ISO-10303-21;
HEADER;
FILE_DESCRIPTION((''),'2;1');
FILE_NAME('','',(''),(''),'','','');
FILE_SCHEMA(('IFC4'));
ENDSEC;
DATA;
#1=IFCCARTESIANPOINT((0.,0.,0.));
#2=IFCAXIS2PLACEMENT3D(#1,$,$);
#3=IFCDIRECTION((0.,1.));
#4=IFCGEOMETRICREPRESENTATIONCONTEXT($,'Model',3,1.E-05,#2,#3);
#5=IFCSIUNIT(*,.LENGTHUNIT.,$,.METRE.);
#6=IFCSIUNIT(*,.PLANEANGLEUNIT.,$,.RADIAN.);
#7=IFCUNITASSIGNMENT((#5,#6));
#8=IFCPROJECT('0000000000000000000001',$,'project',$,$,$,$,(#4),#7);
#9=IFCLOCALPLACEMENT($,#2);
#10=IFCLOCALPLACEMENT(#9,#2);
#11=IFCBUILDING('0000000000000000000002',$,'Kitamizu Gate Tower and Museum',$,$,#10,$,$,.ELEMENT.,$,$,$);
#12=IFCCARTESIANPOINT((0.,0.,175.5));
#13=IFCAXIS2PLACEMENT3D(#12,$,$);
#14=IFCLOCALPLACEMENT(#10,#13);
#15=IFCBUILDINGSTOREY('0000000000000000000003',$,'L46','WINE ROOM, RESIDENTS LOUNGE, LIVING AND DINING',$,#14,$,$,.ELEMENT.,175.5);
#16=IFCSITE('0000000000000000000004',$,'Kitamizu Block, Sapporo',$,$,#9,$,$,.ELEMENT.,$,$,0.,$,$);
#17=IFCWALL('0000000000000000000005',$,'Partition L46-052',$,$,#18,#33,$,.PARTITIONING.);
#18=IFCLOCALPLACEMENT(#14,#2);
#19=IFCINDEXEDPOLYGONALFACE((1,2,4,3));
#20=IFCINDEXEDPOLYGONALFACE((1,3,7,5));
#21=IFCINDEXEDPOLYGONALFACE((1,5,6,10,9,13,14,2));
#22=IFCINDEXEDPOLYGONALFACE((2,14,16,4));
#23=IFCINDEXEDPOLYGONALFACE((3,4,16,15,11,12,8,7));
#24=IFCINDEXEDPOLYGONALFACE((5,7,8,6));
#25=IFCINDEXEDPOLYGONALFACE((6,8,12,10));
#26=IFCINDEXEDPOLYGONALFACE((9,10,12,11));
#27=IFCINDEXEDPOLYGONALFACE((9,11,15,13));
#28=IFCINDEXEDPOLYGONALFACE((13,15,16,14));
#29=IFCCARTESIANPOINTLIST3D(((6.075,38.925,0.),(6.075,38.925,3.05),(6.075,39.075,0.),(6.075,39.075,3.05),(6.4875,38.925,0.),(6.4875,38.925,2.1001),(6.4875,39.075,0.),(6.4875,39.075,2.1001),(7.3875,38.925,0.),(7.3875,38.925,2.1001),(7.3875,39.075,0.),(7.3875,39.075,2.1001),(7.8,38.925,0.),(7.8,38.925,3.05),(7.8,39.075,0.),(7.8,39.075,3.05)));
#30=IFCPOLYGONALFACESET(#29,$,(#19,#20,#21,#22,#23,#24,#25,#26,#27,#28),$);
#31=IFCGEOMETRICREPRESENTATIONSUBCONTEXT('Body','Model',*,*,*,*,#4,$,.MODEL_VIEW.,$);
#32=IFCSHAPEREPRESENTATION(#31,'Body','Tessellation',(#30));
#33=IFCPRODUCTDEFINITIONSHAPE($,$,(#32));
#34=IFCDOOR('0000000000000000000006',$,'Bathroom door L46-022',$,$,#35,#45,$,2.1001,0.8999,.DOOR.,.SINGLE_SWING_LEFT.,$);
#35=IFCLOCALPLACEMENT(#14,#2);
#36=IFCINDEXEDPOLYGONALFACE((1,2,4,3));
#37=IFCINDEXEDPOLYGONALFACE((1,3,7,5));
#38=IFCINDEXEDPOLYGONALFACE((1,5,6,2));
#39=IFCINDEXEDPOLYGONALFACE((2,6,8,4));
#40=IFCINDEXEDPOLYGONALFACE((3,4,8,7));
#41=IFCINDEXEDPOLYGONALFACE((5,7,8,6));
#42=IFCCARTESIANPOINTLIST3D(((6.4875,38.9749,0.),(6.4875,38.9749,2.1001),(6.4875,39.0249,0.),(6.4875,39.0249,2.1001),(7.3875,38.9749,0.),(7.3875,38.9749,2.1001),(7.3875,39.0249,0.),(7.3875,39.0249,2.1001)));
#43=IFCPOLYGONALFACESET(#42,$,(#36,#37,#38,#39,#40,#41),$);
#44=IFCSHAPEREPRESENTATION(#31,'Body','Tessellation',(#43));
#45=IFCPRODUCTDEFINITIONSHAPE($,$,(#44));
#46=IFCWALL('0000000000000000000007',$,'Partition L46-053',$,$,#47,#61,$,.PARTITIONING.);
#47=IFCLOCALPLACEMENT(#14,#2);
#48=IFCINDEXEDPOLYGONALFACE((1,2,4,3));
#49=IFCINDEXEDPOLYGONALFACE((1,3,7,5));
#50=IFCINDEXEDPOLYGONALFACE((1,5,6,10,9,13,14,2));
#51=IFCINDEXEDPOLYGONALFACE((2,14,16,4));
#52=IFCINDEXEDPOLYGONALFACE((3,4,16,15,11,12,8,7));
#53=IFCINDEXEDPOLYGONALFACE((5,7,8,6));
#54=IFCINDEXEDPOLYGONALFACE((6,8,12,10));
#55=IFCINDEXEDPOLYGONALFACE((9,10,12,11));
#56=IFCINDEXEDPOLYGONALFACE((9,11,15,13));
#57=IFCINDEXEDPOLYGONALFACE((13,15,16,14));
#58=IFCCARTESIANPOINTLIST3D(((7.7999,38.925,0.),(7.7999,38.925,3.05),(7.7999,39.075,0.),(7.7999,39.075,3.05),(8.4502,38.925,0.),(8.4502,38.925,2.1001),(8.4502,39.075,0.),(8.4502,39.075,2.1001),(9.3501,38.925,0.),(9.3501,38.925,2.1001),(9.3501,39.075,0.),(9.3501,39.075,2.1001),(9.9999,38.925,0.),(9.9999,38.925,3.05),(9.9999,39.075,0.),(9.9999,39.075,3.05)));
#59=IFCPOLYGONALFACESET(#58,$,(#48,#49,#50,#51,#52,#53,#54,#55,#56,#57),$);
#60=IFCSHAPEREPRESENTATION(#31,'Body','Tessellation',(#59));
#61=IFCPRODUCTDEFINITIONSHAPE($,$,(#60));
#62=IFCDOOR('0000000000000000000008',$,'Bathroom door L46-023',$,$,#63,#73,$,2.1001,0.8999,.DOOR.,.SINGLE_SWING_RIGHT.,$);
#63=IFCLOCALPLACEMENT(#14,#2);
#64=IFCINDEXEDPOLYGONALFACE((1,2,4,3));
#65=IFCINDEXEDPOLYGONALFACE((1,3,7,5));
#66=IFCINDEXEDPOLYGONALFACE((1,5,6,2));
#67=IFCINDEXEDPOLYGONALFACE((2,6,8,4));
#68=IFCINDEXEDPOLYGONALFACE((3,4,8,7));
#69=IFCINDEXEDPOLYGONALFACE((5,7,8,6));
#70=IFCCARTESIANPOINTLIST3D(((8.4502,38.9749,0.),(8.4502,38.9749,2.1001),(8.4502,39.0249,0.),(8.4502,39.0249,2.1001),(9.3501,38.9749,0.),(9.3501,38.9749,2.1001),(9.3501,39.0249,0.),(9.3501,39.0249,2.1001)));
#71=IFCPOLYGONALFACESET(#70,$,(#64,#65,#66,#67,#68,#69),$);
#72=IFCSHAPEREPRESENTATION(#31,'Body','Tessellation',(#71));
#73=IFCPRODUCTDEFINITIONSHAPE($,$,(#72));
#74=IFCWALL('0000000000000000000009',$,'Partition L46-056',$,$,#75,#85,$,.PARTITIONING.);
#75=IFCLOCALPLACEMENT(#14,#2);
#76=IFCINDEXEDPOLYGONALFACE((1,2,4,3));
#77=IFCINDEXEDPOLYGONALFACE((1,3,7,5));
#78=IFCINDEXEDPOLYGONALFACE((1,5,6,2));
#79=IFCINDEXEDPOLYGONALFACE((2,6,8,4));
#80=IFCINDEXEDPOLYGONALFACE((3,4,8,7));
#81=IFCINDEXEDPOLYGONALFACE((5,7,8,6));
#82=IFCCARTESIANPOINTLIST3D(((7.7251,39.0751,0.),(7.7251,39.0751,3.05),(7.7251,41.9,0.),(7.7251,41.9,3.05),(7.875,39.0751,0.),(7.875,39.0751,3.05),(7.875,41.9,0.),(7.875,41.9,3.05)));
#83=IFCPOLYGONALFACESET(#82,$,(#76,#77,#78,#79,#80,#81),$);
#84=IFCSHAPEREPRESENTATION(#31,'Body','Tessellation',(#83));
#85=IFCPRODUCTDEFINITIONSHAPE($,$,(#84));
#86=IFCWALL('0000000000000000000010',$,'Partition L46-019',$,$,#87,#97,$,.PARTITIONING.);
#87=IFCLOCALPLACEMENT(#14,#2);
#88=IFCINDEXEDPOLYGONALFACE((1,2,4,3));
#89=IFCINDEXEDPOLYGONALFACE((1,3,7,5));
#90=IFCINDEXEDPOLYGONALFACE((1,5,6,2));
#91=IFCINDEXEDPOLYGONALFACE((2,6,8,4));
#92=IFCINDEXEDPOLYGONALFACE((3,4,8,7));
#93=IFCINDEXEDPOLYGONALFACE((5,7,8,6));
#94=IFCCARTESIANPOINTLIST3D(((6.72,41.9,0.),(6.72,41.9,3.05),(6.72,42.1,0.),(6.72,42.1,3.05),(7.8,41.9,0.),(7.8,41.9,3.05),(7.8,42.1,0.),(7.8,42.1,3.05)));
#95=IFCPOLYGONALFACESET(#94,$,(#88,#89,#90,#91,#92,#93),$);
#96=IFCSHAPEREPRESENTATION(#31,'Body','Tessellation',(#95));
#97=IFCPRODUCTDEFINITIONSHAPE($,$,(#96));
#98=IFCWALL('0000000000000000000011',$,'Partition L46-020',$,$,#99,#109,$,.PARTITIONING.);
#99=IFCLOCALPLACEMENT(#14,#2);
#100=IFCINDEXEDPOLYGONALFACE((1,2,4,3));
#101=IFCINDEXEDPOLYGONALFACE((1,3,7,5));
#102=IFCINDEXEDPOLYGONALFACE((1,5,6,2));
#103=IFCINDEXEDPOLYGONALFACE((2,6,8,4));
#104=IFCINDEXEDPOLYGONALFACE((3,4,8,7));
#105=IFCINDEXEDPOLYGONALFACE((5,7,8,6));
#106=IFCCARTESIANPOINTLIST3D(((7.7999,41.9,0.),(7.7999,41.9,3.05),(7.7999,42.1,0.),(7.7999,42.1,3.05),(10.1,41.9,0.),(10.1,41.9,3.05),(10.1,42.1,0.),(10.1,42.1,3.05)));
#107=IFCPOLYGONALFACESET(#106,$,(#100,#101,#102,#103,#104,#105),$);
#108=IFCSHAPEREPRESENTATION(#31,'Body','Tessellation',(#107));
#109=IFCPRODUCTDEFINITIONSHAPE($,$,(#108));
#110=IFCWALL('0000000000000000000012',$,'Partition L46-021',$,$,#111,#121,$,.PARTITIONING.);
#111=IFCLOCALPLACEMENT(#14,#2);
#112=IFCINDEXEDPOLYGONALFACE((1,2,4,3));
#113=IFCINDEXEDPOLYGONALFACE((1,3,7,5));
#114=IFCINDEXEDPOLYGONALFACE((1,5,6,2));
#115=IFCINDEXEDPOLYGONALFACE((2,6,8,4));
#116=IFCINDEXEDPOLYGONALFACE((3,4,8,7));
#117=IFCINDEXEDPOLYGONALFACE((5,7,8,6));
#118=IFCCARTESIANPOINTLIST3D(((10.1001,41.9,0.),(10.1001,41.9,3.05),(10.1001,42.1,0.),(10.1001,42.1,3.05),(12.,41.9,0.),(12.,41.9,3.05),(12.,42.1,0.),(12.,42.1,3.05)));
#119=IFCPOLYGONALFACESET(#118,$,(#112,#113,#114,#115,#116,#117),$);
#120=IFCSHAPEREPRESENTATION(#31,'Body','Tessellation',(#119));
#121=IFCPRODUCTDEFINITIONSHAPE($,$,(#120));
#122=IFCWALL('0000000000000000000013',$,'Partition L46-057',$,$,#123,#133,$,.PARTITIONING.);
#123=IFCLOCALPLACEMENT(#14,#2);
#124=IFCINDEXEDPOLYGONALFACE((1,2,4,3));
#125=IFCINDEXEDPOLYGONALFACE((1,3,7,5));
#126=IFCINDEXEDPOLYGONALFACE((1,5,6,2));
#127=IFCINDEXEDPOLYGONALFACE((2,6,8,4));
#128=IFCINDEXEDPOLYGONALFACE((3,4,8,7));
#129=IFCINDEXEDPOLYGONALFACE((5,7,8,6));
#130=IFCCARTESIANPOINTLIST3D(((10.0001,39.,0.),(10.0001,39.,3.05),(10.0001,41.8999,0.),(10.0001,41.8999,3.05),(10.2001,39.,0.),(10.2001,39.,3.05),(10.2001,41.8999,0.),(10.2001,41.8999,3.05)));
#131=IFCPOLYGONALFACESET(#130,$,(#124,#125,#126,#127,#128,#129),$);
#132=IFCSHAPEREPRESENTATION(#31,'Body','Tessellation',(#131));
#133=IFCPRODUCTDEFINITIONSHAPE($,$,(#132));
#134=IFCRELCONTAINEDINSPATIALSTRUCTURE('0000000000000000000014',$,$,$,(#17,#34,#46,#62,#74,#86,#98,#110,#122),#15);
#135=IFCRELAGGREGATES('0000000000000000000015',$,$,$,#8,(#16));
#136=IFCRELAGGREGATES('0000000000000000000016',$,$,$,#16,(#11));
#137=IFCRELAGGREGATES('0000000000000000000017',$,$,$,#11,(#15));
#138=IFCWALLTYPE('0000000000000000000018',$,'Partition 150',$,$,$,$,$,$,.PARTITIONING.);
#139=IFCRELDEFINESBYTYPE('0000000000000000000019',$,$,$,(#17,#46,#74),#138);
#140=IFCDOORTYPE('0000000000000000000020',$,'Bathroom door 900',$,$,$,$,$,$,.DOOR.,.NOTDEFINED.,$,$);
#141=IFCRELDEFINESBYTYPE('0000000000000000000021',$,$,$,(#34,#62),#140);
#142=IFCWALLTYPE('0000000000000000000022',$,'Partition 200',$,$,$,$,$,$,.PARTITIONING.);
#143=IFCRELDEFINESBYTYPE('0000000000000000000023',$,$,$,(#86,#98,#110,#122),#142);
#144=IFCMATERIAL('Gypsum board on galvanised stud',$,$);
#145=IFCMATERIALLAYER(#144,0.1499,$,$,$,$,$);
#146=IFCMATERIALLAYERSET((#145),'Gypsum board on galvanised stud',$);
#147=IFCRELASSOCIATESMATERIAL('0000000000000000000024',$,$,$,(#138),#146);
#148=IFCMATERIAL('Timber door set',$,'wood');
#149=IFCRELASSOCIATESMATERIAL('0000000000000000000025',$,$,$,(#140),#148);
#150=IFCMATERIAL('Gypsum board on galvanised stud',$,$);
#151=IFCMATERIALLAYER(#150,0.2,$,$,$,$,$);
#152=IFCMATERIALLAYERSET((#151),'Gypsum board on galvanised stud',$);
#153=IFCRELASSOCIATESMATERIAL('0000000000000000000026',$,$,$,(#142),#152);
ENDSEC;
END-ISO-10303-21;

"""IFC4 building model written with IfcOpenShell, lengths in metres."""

from ifc_helpers import new_model, si_unit, direction, frame, frame_2d, origin, place, context, subcontext, project, spatial, rectangle, extrude, material, layer, layer_set, type_object, element, fill, save


model = new_model("IFC4")

# Units and contexts
model_context = context("Model", 3, precision=1e-05, world=origin(), true_north=direction((0.0, 1.0)))
body_context = subcontext(model_context, "Body", "Model", "MODEL_VIEW")
ifc_project = project(units=[si_unit("LENGTHUNIT", "METRE"), si_unit("PLANEANGLEUNIT", "RADIAN")], contexts=[model_context])

# Site, building, storey
site_placement = place(None, origin())
site = spatial("IfcSite", under=ifc_project, at=site_placement, Name="Kitamizu Block, Sapporo", CompositionType="ELEMENT", RefElevation=0.0)
building_placement = place(site_placement, origin())
building = spatial("IfcBuilding", under=site, at=building_placement, Name="Kitamizu Gate Tower and Museum", CompositionType="ELEMENT")
storey_placement = place(building_placement, frame((0.0, 0.0, 175.5)))
storey = spatial("IfcBuildingStorey", under=building, at=storey_placement, Name="L46", Description="WINE ROOM, RESIDENTS LOUNGE, LIVING AND DINING", CompositionType="ELEMENT", Elevation=175.5)

# Walls, openings, doors
ifc_material_1 = material(Name="Gypsum board on galvanised stud")
ifc_layer_1 = layer(ifc_material_1, 0.1499)
ifc_layer_set_1 = layer_set([ifc_layer_1], Name="Gypsum board on galvanised stud")
wall_type_1 = type_object("IfcWallType", Name="Partition 150", PredefinedType="PARTITIONING", material=ifc_layer_set_1)
wall_1_placement = place(storey_placement, frame((7.8, 39.0, 0.0), z_axis=(0.0, 0.0, 1.0), x_axis=(-1.0, 0.0, 0.0)))
wall_1 = element("IfcWall", 1, at=wall_1_placement, inside=storey, type_object=wall_type_1, Name="Partition L46-052", PredefinedType="PARTITIONING", context=body_context, shape_type="SweptSolid", body=[
    extrude(rectangle(XDim=1.7251, YDim=0.1499, at=frame_2d((0.8625, 0.0))), origin(), (0.0, 0.0, 1.0), 3.05),
])
opening_1_placement = place(wall_1_placement, frame((0.4126, 0.0, 0.0)))
opening_1 = element("IfcOpeningElement", 2, at=opening_1_placement, cuts=wall_1, PredefinedType="OPENING", context=body_context, shape_type="SweptSolid", body=[
    extrude(rectangle(XDim=0.8999, YDim=2.1001, at=frame_2d((0.45, 1.05))), frame((0.0, 0.085, 0.0), z_axis=(0.0, -1.0, 0.0), x_axis=(1.0, 0.0, 0.0)), (0.0, 0.0, 1.0), 0.1699),
])
ifc_material_2 = material(Name="Timber door set", Category="wood")
door_type = type_object("IfcDoorType", Name="Bathroom door 900", OperationType="NOTDEFINED", PredefinedType="DOOR", material=ifc_material_2)
door_1_placement = place(opening_1_placement, frame((0.8999, 0.0, 0.0), x_axis=(-1.0, 0.0, 0.0)))
door_1 = element("IfcDoor", 3, at=door_1_placement, inside=storey, type_object=door_type, Name="Bathroom door L46-022", OperationType="SINGLE_SWING_LEFT", OverallHeight=2.1001, OverallWidth=0.8999, PredefinedType="DOOR", context=body_context, shape_type="SweptSolid", body=[
    extrude(rectangle(XDim=0.8999, YDim=2.1001, at=frame_2d((0.45, 1.05))), frame((0.0, 0.0249, 0.0), z_axis=(0.0, -1.0, 0.0), x_axis=(1.0, 0.0, 0.0)), (0.0, 0.0, 1.0), 0.05),
])
fill(opening_1, door_1)
wall_2_placement = place(storey_placement, frame((10.0, 39.0, 0.0), z_axis=(0.0, 0.0, 1.0), x_axis=(-1.0, 0.0, 0.0)))
wall_2 = element("IfcWall", 4, at=wall_2_placement, inside=storey, type_object=wall_type_1, Name="Partition L46-053", PredefinedType="PARTITIONING", context=body_context, shape_type="SweptSolid", body=[
    extrude(rectangle(XDim=2.2, YDim=0.1499, at=frame_2d((1.1001, 0.0))), origin(), (0.0, 0.0, 1.0), 3.05),
])
opening_2_placement = place(wall_2_placement, frame((0.6499, 0.0, 0.0)))
opening_2 = element("IfcOpeningElement", 5, at=opening_2_placement, cuts=wall_2, PredefinedType="OPENING", context=body_context, shape_type="SweptSolid", body=[
    extrude(rectangle(XDim=0.8999, YDim=2.1001, at=frame_2d((0.45, 1.05))), frame((0.0, 0.085, 0.0), z_axis=(0.0, -1.0, 0.0), x_axis=(1.0, 0.0, 0.0)), (0.0, 0.0, 1.0), 0.1699),
])
door_2_placement = place(opening_2_placement, frame((0.8999, 0.0, 0.0), x_axis=(-1.0, 0.0, 0.0)))
door_2 = element("IfcDoor", 6, at=door_2_placement, inside=storey, type_object=door_type, Name="Bathroom door L46-023", OperationType="SINGLE_SWING_RIGHT", OverallHeight=2.1001, OverallWidth=0.8999, PredefinedType="DOOR", context=body_context, shape_type="SweptSolid", body=[
    extrude(rectangle(XDim=0.8999, YDim=2.1001, at=frame_2d((0.45, 1.05))), frame((0.0, 0.0249, 0.0), z_axis=(0.0, -1.0, 0.0), x_axis=(1.0, 0.0, 0.0)), (0.0, 0.0, 1.0), 0.05),
])
fill(opening_2, door_2)

# Walls
wall_3_placement = place(storey_placement, frame((7.8, 39.075, 0.0), z_axis=(0.0, 0.0, 1.0), x_axis=(0.0, 1.0, 0.0)))
element("IfcWall", 7, at=wall_3_placement, inside=storey, type_object=wall_type_1, Name="Partition L46-056", PredefinedType="PARTITIONING", context=body_context, shape_type="SweptSolid", body=[
    extrude(rectangle(XDim=2.825, YDim=0.1499, at=frame_2d((1.4126, 0.0))), origin(), (0.0, 0.0, 1.0), 3.05),
])
ifc_material_3 = material(Name="Gypsum board on galvanised stud")
ifc_layer_2 = layer(ifc_material_3, 0.2)
ifc_layer_set_2 = layer_set([ifc_layer_2], Name="Gypsum board on galvanised stud")
wall_type_2 = type_object("IfcWallType", Name="Partition 200", PredefinedType="PARTITIONING", material=ifc_layer_set_2)
wall_4_placement = place(storey_placement, frame((6.72, 42.0, 0.0), z_axis=(0.0, 0.0, 1.0), x_axis=(1.0, 0.0, 0.0)))
element("IfcWall", 8, at=wall_4_placement, inside=storey, type_object=wall_type_2, Name="Partition L46-019", PredefinedType="PARTITIONING", context=body_context, shape_type="SweptSolid", body=[
    extrude(rectangle(XDim=1.0801, YDim=0.2, at=frame_2d((0.54, 0.0))), origin(), (0.0, 0.0, 1.0), 3.05),
])
wall_5_placement = place(storey_placement, frame((7.8, 42.0, 0.0), z_axis=(0.0, 0.0, 1.0), x_axis=(1.0, 0.0, 0.0)))
element("IfcWall", 9, at=wall_5_placement, inside=storey, type_object=wall_type_2, Name="Partition L46-020", PredefinedType="PARTITIONING", context=body_context, shape_type="SweptSolid", body=[
    extrude(rectangle(XDim=2.3, YDim=0.2, at=frame_2d((1.1499, 0.0))), origin(), (0.0, 0.0, 1.0), 3.05),
])
wall_6_placement = place(storey_placement, frame((10.1001, 42.0, 0.0), z_axis=(0.0, 0.0, 1.0), x_axis=(1.0, 0.0, 0.0)))
element("IfcWall", 10, at=wall_6_placement, inside=storey, type_object=wall_type_2, Name="Partition L46-021", PredefinedType="PARTITIONING", context=body_context, shape_type="SweptSolid", body=[
    extrude(rectangle(XDim=1.8999, YDim=0.2, at=frame_2d((0.95, 0.0))), origin(), (0.0, 0.0, 1.0), 3.05),
])
wall_7_placement = place(storey_placement, frame((10.1001, 39.0, 0.0), z_axis=(0.0, 0.0, 1.0), x_axis=(0.0, 1.0, 0.0)))
element("IfcWall", 11, at=wall_7_placement, inside=storey, type_object=wall_type_2, Name="Partition L46-057", PredefinedType="PARTITIONING", context=body_context, shape_type="SweptSolid", body=[
    extrude(rectangle(XDim=2.8999, YDim=0.2, at=frame_2d((1.45, 0.0))), origin(), (0.0, 0.0, 1.0), 3.05),
])

save(model, "model.ifc")
